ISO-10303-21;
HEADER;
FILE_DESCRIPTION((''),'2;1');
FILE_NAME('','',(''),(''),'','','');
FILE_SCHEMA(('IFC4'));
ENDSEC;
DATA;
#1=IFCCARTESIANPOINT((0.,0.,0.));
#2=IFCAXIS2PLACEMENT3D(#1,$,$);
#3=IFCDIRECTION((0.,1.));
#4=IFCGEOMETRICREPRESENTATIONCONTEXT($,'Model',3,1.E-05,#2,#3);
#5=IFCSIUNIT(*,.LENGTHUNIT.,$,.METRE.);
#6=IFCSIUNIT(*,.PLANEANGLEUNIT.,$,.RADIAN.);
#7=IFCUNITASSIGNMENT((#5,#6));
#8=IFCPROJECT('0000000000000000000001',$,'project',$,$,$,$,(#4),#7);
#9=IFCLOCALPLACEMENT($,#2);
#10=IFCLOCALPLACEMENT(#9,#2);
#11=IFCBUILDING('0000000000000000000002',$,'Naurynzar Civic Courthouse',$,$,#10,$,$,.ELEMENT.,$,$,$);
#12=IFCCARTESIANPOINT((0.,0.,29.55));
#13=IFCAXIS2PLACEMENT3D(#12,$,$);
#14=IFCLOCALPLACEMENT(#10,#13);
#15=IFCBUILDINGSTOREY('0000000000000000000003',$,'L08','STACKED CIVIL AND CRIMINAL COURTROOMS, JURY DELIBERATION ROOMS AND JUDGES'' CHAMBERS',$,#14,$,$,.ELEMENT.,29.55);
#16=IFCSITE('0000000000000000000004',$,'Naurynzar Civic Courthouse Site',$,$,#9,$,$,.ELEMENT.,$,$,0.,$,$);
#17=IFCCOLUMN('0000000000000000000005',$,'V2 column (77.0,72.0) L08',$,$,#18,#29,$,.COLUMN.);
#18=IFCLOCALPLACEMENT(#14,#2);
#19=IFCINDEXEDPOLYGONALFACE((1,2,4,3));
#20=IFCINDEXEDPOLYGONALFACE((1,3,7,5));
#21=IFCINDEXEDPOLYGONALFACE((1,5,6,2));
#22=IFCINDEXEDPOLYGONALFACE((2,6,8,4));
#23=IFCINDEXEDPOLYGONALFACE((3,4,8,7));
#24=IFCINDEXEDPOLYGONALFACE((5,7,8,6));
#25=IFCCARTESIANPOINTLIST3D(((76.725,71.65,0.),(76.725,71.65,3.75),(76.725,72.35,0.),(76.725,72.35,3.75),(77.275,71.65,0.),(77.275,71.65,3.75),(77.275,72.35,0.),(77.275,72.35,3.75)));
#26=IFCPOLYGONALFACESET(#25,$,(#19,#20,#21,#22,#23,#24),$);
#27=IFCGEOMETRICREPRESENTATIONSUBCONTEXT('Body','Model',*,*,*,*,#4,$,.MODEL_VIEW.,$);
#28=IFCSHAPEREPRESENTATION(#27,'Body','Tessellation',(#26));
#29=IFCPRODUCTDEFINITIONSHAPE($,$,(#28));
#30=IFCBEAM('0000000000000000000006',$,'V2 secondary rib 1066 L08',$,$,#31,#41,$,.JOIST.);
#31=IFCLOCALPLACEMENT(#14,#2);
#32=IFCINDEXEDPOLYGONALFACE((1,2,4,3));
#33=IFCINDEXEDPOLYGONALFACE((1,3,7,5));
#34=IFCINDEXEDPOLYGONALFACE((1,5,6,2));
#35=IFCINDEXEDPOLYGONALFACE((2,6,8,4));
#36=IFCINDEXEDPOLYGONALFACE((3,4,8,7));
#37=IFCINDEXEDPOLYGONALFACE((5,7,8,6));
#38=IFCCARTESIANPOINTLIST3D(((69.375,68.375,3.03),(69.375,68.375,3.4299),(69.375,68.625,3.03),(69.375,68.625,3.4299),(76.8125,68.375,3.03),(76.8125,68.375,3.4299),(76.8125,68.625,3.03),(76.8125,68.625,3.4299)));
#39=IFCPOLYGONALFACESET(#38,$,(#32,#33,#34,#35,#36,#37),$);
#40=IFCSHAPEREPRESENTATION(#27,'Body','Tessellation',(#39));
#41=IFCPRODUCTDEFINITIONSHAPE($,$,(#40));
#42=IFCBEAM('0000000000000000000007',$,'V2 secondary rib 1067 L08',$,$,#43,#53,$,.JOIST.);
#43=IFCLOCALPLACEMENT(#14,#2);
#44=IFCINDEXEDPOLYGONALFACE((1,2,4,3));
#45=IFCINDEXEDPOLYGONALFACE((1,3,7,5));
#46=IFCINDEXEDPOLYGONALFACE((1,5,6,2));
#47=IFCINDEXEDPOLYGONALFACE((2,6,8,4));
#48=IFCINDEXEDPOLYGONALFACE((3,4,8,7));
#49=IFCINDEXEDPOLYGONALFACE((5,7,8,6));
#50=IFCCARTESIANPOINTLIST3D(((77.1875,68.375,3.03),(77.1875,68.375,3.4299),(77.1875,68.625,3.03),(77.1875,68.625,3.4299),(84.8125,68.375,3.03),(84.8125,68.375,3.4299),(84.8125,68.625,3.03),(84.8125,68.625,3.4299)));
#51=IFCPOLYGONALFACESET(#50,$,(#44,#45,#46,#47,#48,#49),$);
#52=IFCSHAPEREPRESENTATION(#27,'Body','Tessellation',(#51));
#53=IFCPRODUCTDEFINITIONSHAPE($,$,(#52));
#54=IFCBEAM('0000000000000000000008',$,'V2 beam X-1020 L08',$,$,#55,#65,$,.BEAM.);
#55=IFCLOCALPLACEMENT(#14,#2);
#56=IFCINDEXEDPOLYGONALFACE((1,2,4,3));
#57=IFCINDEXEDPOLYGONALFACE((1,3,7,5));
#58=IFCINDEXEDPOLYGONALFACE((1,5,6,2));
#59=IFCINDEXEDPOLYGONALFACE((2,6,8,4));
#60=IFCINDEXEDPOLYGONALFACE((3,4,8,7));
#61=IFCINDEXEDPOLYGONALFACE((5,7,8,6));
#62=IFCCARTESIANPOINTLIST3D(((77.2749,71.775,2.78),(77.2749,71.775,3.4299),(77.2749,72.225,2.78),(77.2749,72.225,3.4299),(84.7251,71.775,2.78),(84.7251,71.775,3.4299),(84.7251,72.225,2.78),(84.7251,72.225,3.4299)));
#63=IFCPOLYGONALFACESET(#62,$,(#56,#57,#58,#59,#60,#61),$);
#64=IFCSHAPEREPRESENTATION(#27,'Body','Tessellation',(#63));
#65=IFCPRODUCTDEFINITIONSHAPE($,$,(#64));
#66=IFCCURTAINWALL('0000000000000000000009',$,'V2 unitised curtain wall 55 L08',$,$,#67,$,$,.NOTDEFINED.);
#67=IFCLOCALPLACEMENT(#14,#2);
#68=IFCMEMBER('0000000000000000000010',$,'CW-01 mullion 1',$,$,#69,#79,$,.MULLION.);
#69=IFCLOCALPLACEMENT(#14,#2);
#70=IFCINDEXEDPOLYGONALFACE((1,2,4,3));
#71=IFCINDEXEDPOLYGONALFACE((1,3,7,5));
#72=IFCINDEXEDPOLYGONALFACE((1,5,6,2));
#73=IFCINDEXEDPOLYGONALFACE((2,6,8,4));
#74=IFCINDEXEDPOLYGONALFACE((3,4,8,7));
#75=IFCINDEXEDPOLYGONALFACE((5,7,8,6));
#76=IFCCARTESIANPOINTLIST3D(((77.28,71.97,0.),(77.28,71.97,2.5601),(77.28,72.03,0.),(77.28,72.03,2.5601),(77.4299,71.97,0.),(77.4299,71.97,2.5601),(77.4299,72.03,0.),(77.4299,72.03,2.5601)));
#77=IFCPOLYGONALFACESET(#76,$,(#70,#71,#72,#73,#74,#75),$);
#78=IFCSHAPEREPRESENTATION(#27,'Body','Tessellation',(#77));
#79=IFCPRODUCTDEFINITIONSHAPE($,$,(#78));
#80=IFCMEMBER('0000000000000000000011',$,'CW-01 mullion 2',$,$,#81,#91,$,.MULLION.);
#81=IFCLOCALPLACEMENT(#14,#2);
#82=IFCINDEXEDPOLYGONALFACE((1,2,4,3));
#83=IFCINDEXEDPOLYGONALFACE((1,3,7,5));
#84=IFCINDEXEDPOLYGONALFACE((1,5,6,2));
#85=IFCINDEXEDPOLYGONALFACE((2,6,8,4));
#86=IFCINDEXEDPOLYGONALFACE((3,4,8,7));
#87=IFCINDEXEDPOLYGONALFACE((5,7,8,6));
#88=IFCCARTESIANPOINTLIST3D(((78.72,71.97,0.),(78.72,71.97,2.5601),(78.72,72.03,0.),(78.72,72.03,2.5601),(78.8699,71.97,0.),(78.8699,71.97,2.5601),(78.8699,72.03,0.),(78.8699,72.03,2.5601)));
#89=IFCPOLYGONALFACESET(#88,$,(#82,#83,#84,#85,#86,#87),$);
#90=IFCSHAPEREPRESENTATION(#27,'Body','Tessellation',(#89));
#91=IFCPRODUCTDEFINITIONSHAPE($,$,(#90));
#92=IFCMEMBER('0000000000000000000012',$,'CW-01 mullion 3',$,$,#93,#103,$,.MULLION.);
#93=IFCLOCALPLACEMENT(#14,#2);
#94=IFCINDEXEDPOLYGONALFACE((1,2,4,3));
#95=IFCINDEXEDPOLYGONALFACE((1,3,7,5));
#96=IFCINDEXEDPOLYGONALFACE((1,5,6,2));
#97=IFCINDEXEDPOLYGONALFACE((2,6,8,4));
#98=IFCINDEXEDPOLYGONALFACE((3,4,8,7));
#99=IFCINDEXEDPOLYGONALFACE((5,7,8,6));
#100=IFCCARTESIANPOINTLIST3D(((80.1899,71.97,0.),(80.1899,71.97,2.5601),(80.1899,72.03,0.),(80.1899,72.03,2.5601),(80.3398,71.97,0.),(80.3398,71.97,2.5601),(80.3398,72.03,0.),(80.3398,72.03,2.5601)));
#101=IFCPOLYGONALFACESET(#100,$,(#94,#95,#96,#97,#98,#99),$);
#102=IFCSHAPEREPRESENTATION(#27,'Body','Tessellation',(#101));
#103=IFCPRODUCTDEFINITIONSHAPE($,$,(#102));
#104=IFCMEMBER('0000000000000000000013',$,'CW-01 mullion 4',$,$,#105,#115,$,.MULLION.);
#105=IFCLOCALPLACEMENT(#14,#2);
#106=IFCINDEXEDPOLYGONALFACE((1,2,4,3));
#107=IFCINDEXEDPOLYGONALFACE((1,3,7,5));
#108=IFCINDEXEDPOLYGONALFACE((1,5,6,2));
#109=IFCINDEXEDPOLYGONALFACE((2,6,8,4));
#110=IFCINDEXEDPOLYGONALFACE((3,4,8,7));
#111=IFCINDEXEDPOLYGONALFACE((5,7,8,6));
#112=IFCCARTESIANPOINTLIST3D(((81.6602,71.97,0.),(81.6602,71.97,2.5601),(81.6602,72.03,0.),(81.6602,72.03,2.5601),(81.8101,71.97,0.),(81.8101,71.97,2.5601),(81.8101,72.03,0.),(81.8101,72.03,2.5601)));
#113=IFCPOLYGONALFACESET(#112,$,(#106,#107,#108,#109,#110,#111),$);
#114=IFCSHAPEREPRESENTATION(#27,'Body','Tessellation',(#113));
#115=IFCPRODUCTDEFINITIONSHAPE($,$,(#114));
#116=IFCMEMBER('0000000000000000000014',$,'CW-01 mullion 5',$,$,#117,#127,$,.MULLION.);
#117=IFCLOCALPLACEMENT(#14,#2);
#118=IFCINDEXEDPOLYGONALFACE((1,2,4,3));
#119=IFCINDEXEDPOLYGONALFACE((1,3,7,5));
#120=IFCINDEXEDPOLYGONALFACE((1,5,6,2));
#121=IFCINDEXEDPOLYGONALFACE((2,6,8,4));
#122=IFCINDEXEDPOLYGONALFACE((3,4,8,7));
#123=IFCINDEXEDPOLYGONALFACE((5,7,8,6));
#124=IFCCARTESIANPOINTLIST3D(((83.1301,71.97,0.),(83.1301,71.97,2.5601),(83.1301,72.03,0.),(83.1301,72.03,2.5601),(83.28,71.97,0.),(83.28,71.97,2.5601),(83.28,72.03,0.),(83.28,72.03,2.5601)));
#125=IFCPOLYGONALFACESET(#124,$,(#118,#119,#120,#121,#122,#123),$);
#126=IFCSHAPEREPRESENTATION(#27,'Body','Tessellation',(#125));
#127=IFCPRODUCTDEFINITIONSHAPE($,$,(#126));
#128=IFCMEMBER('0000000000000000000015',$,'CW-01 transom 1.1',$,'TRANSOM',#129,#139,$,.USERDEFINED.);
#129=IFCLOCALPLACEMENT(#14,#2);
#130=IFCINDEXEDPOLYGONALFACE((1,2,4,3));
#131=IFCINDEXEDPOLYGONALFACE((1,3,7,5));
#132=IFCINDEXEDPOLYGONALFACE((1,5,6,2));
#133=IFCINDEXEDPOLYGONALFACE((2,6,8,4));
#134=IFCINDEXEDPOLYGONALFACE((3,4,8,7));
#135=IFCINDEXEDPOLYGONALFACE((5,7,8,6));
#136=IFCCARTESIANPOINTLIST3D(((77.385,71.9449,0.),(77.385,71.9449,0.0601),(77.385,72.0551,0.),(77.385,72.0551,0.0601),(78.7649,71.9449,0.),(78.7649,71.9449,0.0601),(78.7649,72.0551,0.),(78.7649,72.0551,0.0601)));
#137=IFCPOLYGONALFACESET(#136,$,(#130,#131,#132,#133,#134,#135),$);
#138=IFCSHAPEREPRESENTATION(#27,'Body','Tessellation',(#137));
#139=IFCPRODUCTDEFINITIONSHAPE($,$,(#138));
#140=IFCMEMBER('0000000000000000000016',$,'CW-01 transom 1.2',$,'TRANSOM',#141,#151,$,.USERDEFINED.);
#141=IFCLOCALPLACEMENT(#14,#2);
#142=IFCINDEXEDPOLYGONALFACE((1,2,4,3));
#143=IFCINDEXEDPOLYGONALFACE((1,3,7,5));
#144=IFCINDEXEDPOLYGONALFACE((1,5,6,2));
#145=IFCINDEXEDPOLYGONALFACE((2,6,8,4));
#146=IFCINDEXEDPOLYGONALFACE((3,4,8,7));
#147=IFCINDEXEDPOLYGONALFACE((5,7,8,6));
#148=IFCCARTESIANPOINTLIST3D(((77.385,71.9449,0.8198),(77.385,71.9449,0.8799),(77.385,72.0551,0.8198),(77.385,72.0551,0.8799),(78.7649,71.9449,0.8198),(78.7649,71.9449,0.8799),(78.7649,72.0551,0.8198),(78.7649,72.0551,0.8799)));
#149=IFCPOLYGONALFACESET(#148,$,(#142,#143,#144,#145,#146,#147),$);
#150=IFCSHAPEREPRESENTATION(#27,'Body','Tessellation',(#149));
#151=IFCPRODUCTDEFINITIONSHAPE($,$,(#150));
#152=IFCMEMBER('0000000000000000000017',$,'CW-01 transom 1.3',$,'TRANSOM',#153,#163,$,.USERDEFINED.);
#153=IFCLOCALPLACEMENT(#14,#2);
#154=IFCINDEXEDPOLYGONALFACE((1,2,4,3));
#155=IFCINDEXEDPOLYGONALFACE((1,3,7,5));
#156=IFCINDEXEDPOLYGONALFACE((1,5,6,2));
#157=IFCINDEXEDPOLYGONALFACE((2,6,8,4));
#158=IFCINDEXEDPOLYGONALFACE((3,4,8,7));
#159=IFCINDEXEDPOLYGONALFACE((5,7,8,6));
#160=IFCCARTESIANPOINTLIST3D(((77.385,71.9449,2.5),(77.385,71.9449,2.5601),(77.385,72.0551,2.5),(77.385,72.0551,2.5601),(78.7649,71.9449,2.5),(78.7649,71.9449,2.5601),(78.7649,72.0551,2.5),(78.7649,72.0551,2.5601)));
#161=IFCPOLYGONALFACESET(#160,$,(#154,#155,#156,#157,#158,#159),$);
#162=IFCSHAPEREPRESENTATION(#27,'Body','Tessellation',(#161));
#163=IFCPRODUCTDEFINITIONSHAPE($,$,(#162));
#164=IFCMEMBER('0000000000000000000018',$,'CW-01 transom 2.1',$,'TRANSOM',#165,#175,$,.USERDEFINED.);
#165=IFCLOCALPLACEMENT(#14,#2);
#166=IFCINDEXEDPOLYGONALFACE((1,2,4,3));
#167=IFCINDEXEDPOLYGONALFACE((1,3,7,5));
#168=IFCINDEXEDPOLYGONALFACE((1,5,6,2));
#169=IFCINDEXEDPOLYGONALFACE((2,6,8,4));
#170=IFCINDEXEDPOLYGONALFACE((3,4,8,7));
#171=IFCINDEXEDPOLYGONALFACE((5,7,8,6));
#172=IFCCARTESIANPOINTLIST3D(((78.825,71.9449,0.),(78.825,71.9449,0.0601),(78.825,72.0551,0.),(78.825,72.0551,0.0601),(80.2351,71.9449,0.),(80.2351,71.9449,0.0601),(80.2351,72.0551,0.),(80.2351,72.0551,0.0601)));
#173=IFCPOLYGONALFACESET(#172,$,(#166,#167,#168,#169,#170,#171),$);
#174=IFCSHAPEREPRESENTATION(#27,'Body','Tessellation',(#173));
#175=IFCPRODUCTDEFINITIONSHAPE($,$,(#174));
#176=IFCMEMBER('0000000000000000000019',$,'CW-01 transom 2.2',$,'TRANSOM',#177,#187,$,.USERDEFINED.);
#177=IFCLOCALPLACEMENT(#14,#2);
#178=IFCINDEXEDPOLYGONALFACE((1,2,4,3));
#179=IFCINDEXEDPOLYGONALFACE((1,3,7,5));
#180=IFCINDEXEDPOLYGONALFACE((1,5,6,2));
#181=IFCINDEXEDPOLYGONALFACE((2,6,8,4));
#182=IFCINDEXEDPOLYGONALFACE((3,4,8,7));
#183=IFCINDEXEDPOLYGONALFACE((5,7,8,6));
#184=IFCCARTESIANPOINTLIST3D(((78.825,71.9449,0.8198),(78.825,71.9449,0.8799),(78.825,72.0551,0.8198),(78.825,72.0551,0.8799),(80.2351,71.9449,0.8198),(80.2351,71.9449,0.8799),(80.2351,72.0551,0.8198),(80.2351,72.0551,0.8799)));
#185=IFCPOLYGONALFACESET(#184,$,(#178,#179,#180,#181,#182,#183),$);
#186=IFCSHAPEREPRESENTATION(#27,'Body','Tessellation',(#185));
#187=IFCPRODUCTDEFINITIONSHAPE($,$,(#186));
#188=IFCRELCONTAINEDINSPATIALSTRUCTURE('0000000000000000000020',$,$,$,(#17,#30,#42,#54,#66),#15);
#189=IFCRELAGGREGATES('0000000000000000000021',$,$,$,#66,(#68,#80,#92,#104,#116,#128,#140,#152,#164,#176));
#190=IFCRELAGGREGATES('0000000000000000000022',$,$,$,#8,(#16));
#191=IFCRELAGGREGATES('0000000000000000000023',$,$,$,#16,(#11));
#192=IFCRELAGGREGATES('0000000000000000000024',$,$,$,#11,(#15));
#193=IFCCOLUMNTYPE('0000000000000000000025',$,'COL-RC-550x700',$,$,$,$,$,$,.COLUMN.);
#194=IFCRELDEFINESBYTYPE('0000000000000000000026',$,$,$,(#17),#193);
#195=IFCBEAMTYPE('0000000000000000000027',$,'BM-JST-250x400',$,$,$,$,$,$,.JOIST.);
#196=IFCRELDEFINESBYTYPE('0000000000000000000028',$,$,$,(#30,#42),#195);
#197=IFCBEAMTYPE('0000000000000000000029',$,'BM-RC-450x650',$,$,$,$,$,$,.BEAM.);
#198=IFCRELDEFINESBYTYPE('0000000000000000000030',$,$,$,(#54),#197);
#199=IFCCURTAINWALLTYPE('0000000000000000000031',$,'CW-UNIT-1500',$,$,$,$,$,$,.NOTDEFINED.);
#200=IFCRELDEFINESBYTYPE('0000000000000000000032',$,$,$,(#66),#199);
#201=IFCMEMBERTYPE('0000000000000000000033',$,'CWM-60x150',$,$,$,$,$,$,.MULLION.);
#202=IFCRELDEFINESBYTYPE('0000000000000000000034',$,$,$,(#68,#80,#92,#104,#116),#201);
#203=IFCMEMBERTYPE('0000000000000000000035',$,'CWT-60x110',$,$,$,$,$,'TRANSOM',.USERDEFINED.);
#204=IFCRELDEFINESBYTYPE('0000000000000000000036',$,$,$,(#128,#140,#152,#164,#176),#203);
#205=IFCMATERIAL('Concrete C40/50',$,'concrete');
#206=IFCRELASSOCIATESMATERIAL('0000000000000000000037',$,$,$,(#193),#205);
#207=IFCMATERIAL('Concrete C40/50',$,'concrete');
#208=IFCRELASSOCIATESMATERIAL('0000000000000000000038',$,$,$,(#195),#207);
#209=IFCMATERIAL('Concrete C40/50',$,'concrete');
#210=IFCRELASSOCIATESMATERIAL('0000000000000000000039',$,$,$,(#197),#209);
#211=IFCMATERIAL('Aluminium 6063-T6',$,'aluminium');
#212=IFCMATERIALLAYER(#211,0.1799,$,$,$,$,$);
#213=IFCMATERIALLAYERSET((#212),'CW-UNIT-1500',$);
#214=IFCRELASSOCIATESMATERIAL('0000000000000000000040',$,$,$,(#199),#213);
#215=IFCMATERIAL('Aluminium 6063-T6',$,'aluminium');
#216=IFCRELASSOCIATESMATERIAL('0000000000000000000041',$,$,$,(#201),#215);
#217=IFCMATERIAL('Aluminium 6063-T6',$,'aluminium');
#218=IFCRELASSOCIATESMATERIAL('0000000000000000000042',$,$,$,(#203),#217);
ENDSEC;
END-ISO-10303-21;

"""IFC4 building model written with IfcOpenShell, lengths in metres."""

from ifc_helpers import new_model, si_unit, direction, frame, origin, origin_2d, place, context, subcontext, project, spatial, rectangle, extrude, material, layer, layer_set, material_profile, profile_set, type_object, element, aggregate, save


model = new_model("IFC4")

# Units and contexts
model_context = context("Model", 3, precision=1e-05, world=origin(), true_north=direction((0.0, 1.0)))
body_context = subcontext(model_context, "Body", "Model", "MODEL_VIEW")
ifc_project = project(units=[si_unit("LENGTHUNIT", "METRE"), si_unit("PLANEANGLEUNIT", "RADIAN")], contexts=[model_context])

# Site, building, storey
site_placement = place(None, origin())
site = spatial("IfcSite", under=ifc_project, at=site_placement, Name="Naurynzar Civic Courthouse Site", CompositionType="ELEMENT", RefElevation=0.0)
building_placement = place(site_placement, origin())
building = spatial("IfcBuilding", under=site, at=building_placement, Name="Naurynzar Civic Courthouse", CompositionType="ELEMENT")
storey_placement = place(building_placement, frame((0.0, 0.0, 29.55)))
storey = spatial("IfcBuildingStorey", under=building, at=storey_placement, Name="L08", Description="STACKED CIVIL AND CRIMINAL COURTROOMS, JURY DELIBERATION ROOMS AND JUDGES' CHAMBERS", CompositionType="ELEMENT", Elevation=29.55)

# Column
ifc_material_1 = material(Name="Concrete C40/50", Category="concrete")
ifc_material_profile_1 = material_profile(ifc_material_1, rectangle(XDim=0.55, YDim=0.7, at=origin_2d()), Name="RC 550x700")
ifc_profile_set_1 = profile_set([ifc_material_profile_1], Name="Concrete C40/50")
column_type = type_object("IfcColumnType", Name="COL-RC-550x700", PredefinedType="COLUMN", material=ifc_profile_set_1)
column_placement = place(storey_placement, frame((77.0, 72.0, 0.0), z_axis=(0.0, 0.0, 1.0), x_axis=(1.0, 0.0, 0.0)))
element("IfcColumn", 1, at=column_placement, inside=storey, type_object=column_type, Name="V2 column (77.0,72.0) L08", PredefinedType="COLUMN", context=body_context, shape_type="SweptSolid", body=[
    extrude(rectangle(XDim=0.55, YDim=0.7, at=origin_2d()), origin(), (0.0, 0.0, 1.0), 3.75),
])

# Beams
ifc_material_2 = material(Name="Concrete C40/50", Category="concrete")
ifc_material_profile_2 = material_profile(ifc_material_2, rectangle(XDim=0.25, YDim=0.3999, at=origin_2d()), Name="RCB 250x400")
ifc_profile_set_2 = profile_set([ifc_material_profile_2], Name="Concrete C40/50")
beam_type_1 = type_object("IfcBeamType", Name="BM-JST-250x400", PredefinedType="JOIST", material=ifc_profile_set_2)
beam_1_placement = place(storey_placement, frame((69.375, 68.5, 3.23), z_axis=(1.0, 0.0, 0.0), x_axis=(0.0, 1.0, 0.0)))
element("IfcBeam", 2, at=beam_1_placement, inside=storey, type_object=beam_type_1, Name="V2 secondary rib 1066 L08", PredefinedType="JOIST", context=body_context, shape_type="SweptSolid", body=[
    extrude(rectangle(XDim=0.25, YDim=0.3999, at=origin_2d()), origin(), (0.0, 0.0, 1.0), 7.4375),
])
beam_2_placement = place(storey_placement, frame((77.1875, 68.5, 3.23), z_axis=(1.0, 0.0, 0.0), x_axis=(0.0, 1.0, 0.0)))
element("IfcBeam", 3, at=beam_2_placement, inside=storey, type_object=beam_type_1, Name="V2 secondary rib 1067 L08", PredefinedType="JOIST", context=body_context, shape_type="SweptSolid", body=[
    extrude(rectangle(XDim=0.25, YDim=0.3999, at=origin_2d()), origin(), (0.0, 0.0, 1.0), 7.625),
])
ifc_material_3 = material(Name="Concrete C40/50", Category="concrete")
ifc_material_profile_3 = material_profile(ifc_material_3, rectangle(XDim=0.45, YDim=0.6499, at=origin_2d()), Name="RCB 450x650")
ifc_profile_set_3 = profile_set([ifc_material_profile_3], Name="Concrete C40/50")
beam_type_2 = type_object("IfcBeamType", Name="BM-RC-450x650", PredefinedType="BEAM", material=ifc_profile_set_3)
beam_3_placement = place(storey_placement, frame((77.2749, 72.0, 3.105), z_axis=(1.0, 0.0, 0.0), x_axis=(0.0, 1.0, 0.0)))
element("IfcBeam", 4, at=beam_3_placement, inside=storey, type_object=beam_type_2, Name="V2 beam X-1020 L08", PredefinedType="BEAM", context=body_context, shape_type="SweptSolid", body=[
    extrude(rectangle(XDim=0.45, YDim=0.6499, at=origin_2d()), origin(), (0.0, 0.0, 1.0), 7.4502),
])

# Curtain wall, members
ifc_material_4 = material(Name="Aluminium 6063-T6", Category="aluminium")
ifc_layer_1 = layer(ifc_material_4, 0.1799)
ifc_layer_set_1 = layer_set([ifc_layer_1], Name="CW-UNIT-1500")
curtain_wall_type = type_object("IfcCurtainWallType", Name="CW-UNIT-1500", PredefinedType="NOTDEFINED", material=ifc_layer_set_1)
curtain_wall_placement = place(storey_placement, origin())
curtain_wall = element("IfcCurtainWall", 5, at=curtain_wall_placement, inside=storey, type_object=curtain_wall_type, Name="V2 unitised curtain wall 55 L08", PredefinedType="NOTDEFINED")
ifc_material_5 = material(Name="Aluminium 6063-T6", Category="aluminium")
ifc_material_profile_4 = material_profile(ifc_material_5, rectangle(XDim=0.0601, YDim=0.1499, at=origin_2d()), Name="ALU MULLION 60x150")
ifc_profile_set_4 = profile_set([ifc_material_profile_4], Name="Aluminium 6063-T6")
member_type_1 = type_object("IfcMemberType", Name="CWM-60x150", PredefinedType="MULLION", material=ifc_profile_set_4)
member_1_placement = place(storey_placement, frame((77.355, 72.0, 0.0), z_axis=(0.0, 0.0, 1.0), x_axis=(0.0, 1.0, 0.0)))
member_1 = element("IfcMember", 6, at=member_1_placement, type_object=member_type_1, Name="CW-01 mullion 1", PredefinedType="MULLION", context=body_context, shape_type="SweptSolid", body=[
    extrude(rectangle(XDim=0.0601, YDim=0.1499, at=origin_2d()), origin(), (0.0, 0.0, 1.0), 2.5601),
])
member_2_placement = place(storey_placement, frame((78.7949, 72.0, 0.0), z_axis=(0.0, 0.0, 1.0), x_axis=(0.0, 1.0, 0.0)))
member_2 = element("IfcMember", 7, at=member_2_placement, type_object=member_type_1, Name="CW-01 mullion 2", PredefinedType="MULLION", context=body_context, shape_type="SweptSolid", body=[
    extrude(rectangle(XDim=0.0601, YDim=0.1499, at=origin_2d()), origin(), (0.0, 0.0, 1.0), 2.5601),
])
member_3_placement = place(storey_placement, frame((80.2649, 72.0, 0.0), z_axis=(0.0, 0.0, 1.0), x_axis=(0.0, 1.0, 0.0)))
member_3 = element("IfcMember", 8, at=member_3_placement, type_object=member_type_1, Name="CW-01 mullion 3", PredefinedType="MULLION", context=body_context, shape_type="SweptSolid", body=[
    extrude(rectangle(XDim=0.0601, YDim=0.1499, at=origin_2d()), origin(), (0.0, 0.0, 1.0), 2.5601),
])
member_4_placement = place(storey_placement, frame((81.7351, 72.0, 0.0), z_axis=(0.0, 0.0, 1.0), x_axis=(0.0, 1.0, 0.0)))
member_4 = element("IfcMember", 9, at=member_4_placement, type_object=member_type_1, Name="CW-01 mullion 4", PredefinedType="MULLION", context=body_context, shape_type="SweptSolid", body=[
    extrude(rectangle(XDim=0.0601, YDim=0.1499, at=origin_2d()), origin(), (0.0, 0.0, 1.0), 2.5601),
])
member_5_placement = place(storey_placement, frame((83.2051, 72.0, 0.0), z_axis=(0.0, 0.0, 1.0), x_axis=(0.0, 1.0, 0.0)))
member_5 = element("IfcMember", 10, at=member_5_placement, type_object=member_type_1, Name="CW-01 mullion 5", PredefinedType="MULLION", context=body_context, shape_type="SweptSolid", body=[
    extrude(rectangle(XDim=0.0601, YDim=0.1499, at=origin_2d()), origin(), (0.0, 0.0, 1.0), 2.5601),
])
ifc_material_6 = material(Name="Aluminium 6063-T6", Category="aluminium")
ifc_material_profile_5 = material_profile(ifc_material_6, rectangle(XDim=0.1101, YDim=0.0601, at=origin_2d()), Name="ALU TRANSOM 60x110")
ifc_profile_set_5 = profile_set([ifc_material_profile_5], Name="Aluminium 6063-T6")
member_type_2 = type_object("IfcMemberType", Name="CWT-60x110", ElementType="TRANSOM", PredefinedType="USERDEFINED", material=ifc_profile_set_5)
member_6_placement = place(storey_placement, frame((77.385, 72.0, 0.03), z_axis=(1.0, 0.0, 0.0), x_axis=(0.0, 1.0, 0.0)))
member_6 = element("IfcMember", 11, at=member_6_placement, type_object=member_type_2, Name="CW-01 transom 1.1", ObjectType="TRANSOM", PredefinedType="USERDEFINED", context=body_context, shape_type="SweptSolid", body=[
    extrude(rectangle(XDim=0.1101, YDim=0.0601, at=origin_2d()), origin(), (0.0, 0.0, 1.0), 1.3799),
])
member_7_placement = place(storey_placement, frame((77.385, 72.0, 0.8499), z_axis=(1.0, 0.0, 0.0), x_axis=(0.0, 1.0, 0.0)))
member_7 = element("IfcMember", 12, at=member_7_placement, type_object=member_type_2, Name="CW-01 transom 1.2", ObjectType="TRANSOM", PredefinedType="USERDEFINED", context=body_context, shape_type="SweptSolid", body=[
    extrude(rectangle(XDim=0.1101, YDim=0.0601, at=origin_2d()), origin(), (0.0, 0.0, 1.0), 1.3799),
])
member_8_placement = place(storey_placement, frame((77.385, 72.0, 2.53), z_axis=(1.0, 0.0, 0.0), x_axis=(0.0, 1.0, 0.0)))
member_8 = element("IfcMember", 13, at=member_8_placement, type_object=member_type_2, Name="CW-01 transom 1.3", ObjectType="TRANSOM", PredefinedType="USERDEFINED", context=body_context, shape_type="SweptSolid", body=[
    extrude(rectangle(XDim=0.1101, YDim=0.0601, at=origin_2d()), origin(), (0.0, 0.0, 1.0), 1.3799),
])
member_9_placement = place(storey_placement, frame((78.825, 72.0, 0.03), z_axis=(1.0, 0.0, 0.0), x_axis=(0.0, 1.0, 0.0)))
member_9 = element("IfcMember", 14, at=member_9_placement, type_object=member_type_2, Name="CW-01 transom 2.1", ObjectType="TRANSOM", PredefinedType="USERDEFINED", context=body_context, shape_type="SweptSolid", body=[
    extrude(rectangle(XDim=0.1101, YDim=0.0601, at=origin_2d()), origin(), (0.0, 0.0, 1.0), 1.4102),
])
member_10_placement = place(storey_placement, frame((78.825, 72.0, 0.8499), z_axis=(1.0, 0.0, 0.0), x_axis=(0.0, 1.0, 0.0)))
member_10 = element("IfcMember", 15, at=member_10_placement, type_object=member_type_2, Name="CW-01 transom 2.2", ObjectType="TRANSOM", PredefinedType="USERDEFINED", context=body_context, shape_type="SweptSolid", body=[
    extrude(rectangle(XDim=0.1101, YDim=0.0601, at=origin_2d()), origin(), (0.0, 0.0, 1.0), 1.4102),
])
aggregate(curtain_wall, [member_1, member_2, member_3, member_4, member_5, member_6, member_7, member_8, member_9, member_10])

save(model, "model.ifc")
